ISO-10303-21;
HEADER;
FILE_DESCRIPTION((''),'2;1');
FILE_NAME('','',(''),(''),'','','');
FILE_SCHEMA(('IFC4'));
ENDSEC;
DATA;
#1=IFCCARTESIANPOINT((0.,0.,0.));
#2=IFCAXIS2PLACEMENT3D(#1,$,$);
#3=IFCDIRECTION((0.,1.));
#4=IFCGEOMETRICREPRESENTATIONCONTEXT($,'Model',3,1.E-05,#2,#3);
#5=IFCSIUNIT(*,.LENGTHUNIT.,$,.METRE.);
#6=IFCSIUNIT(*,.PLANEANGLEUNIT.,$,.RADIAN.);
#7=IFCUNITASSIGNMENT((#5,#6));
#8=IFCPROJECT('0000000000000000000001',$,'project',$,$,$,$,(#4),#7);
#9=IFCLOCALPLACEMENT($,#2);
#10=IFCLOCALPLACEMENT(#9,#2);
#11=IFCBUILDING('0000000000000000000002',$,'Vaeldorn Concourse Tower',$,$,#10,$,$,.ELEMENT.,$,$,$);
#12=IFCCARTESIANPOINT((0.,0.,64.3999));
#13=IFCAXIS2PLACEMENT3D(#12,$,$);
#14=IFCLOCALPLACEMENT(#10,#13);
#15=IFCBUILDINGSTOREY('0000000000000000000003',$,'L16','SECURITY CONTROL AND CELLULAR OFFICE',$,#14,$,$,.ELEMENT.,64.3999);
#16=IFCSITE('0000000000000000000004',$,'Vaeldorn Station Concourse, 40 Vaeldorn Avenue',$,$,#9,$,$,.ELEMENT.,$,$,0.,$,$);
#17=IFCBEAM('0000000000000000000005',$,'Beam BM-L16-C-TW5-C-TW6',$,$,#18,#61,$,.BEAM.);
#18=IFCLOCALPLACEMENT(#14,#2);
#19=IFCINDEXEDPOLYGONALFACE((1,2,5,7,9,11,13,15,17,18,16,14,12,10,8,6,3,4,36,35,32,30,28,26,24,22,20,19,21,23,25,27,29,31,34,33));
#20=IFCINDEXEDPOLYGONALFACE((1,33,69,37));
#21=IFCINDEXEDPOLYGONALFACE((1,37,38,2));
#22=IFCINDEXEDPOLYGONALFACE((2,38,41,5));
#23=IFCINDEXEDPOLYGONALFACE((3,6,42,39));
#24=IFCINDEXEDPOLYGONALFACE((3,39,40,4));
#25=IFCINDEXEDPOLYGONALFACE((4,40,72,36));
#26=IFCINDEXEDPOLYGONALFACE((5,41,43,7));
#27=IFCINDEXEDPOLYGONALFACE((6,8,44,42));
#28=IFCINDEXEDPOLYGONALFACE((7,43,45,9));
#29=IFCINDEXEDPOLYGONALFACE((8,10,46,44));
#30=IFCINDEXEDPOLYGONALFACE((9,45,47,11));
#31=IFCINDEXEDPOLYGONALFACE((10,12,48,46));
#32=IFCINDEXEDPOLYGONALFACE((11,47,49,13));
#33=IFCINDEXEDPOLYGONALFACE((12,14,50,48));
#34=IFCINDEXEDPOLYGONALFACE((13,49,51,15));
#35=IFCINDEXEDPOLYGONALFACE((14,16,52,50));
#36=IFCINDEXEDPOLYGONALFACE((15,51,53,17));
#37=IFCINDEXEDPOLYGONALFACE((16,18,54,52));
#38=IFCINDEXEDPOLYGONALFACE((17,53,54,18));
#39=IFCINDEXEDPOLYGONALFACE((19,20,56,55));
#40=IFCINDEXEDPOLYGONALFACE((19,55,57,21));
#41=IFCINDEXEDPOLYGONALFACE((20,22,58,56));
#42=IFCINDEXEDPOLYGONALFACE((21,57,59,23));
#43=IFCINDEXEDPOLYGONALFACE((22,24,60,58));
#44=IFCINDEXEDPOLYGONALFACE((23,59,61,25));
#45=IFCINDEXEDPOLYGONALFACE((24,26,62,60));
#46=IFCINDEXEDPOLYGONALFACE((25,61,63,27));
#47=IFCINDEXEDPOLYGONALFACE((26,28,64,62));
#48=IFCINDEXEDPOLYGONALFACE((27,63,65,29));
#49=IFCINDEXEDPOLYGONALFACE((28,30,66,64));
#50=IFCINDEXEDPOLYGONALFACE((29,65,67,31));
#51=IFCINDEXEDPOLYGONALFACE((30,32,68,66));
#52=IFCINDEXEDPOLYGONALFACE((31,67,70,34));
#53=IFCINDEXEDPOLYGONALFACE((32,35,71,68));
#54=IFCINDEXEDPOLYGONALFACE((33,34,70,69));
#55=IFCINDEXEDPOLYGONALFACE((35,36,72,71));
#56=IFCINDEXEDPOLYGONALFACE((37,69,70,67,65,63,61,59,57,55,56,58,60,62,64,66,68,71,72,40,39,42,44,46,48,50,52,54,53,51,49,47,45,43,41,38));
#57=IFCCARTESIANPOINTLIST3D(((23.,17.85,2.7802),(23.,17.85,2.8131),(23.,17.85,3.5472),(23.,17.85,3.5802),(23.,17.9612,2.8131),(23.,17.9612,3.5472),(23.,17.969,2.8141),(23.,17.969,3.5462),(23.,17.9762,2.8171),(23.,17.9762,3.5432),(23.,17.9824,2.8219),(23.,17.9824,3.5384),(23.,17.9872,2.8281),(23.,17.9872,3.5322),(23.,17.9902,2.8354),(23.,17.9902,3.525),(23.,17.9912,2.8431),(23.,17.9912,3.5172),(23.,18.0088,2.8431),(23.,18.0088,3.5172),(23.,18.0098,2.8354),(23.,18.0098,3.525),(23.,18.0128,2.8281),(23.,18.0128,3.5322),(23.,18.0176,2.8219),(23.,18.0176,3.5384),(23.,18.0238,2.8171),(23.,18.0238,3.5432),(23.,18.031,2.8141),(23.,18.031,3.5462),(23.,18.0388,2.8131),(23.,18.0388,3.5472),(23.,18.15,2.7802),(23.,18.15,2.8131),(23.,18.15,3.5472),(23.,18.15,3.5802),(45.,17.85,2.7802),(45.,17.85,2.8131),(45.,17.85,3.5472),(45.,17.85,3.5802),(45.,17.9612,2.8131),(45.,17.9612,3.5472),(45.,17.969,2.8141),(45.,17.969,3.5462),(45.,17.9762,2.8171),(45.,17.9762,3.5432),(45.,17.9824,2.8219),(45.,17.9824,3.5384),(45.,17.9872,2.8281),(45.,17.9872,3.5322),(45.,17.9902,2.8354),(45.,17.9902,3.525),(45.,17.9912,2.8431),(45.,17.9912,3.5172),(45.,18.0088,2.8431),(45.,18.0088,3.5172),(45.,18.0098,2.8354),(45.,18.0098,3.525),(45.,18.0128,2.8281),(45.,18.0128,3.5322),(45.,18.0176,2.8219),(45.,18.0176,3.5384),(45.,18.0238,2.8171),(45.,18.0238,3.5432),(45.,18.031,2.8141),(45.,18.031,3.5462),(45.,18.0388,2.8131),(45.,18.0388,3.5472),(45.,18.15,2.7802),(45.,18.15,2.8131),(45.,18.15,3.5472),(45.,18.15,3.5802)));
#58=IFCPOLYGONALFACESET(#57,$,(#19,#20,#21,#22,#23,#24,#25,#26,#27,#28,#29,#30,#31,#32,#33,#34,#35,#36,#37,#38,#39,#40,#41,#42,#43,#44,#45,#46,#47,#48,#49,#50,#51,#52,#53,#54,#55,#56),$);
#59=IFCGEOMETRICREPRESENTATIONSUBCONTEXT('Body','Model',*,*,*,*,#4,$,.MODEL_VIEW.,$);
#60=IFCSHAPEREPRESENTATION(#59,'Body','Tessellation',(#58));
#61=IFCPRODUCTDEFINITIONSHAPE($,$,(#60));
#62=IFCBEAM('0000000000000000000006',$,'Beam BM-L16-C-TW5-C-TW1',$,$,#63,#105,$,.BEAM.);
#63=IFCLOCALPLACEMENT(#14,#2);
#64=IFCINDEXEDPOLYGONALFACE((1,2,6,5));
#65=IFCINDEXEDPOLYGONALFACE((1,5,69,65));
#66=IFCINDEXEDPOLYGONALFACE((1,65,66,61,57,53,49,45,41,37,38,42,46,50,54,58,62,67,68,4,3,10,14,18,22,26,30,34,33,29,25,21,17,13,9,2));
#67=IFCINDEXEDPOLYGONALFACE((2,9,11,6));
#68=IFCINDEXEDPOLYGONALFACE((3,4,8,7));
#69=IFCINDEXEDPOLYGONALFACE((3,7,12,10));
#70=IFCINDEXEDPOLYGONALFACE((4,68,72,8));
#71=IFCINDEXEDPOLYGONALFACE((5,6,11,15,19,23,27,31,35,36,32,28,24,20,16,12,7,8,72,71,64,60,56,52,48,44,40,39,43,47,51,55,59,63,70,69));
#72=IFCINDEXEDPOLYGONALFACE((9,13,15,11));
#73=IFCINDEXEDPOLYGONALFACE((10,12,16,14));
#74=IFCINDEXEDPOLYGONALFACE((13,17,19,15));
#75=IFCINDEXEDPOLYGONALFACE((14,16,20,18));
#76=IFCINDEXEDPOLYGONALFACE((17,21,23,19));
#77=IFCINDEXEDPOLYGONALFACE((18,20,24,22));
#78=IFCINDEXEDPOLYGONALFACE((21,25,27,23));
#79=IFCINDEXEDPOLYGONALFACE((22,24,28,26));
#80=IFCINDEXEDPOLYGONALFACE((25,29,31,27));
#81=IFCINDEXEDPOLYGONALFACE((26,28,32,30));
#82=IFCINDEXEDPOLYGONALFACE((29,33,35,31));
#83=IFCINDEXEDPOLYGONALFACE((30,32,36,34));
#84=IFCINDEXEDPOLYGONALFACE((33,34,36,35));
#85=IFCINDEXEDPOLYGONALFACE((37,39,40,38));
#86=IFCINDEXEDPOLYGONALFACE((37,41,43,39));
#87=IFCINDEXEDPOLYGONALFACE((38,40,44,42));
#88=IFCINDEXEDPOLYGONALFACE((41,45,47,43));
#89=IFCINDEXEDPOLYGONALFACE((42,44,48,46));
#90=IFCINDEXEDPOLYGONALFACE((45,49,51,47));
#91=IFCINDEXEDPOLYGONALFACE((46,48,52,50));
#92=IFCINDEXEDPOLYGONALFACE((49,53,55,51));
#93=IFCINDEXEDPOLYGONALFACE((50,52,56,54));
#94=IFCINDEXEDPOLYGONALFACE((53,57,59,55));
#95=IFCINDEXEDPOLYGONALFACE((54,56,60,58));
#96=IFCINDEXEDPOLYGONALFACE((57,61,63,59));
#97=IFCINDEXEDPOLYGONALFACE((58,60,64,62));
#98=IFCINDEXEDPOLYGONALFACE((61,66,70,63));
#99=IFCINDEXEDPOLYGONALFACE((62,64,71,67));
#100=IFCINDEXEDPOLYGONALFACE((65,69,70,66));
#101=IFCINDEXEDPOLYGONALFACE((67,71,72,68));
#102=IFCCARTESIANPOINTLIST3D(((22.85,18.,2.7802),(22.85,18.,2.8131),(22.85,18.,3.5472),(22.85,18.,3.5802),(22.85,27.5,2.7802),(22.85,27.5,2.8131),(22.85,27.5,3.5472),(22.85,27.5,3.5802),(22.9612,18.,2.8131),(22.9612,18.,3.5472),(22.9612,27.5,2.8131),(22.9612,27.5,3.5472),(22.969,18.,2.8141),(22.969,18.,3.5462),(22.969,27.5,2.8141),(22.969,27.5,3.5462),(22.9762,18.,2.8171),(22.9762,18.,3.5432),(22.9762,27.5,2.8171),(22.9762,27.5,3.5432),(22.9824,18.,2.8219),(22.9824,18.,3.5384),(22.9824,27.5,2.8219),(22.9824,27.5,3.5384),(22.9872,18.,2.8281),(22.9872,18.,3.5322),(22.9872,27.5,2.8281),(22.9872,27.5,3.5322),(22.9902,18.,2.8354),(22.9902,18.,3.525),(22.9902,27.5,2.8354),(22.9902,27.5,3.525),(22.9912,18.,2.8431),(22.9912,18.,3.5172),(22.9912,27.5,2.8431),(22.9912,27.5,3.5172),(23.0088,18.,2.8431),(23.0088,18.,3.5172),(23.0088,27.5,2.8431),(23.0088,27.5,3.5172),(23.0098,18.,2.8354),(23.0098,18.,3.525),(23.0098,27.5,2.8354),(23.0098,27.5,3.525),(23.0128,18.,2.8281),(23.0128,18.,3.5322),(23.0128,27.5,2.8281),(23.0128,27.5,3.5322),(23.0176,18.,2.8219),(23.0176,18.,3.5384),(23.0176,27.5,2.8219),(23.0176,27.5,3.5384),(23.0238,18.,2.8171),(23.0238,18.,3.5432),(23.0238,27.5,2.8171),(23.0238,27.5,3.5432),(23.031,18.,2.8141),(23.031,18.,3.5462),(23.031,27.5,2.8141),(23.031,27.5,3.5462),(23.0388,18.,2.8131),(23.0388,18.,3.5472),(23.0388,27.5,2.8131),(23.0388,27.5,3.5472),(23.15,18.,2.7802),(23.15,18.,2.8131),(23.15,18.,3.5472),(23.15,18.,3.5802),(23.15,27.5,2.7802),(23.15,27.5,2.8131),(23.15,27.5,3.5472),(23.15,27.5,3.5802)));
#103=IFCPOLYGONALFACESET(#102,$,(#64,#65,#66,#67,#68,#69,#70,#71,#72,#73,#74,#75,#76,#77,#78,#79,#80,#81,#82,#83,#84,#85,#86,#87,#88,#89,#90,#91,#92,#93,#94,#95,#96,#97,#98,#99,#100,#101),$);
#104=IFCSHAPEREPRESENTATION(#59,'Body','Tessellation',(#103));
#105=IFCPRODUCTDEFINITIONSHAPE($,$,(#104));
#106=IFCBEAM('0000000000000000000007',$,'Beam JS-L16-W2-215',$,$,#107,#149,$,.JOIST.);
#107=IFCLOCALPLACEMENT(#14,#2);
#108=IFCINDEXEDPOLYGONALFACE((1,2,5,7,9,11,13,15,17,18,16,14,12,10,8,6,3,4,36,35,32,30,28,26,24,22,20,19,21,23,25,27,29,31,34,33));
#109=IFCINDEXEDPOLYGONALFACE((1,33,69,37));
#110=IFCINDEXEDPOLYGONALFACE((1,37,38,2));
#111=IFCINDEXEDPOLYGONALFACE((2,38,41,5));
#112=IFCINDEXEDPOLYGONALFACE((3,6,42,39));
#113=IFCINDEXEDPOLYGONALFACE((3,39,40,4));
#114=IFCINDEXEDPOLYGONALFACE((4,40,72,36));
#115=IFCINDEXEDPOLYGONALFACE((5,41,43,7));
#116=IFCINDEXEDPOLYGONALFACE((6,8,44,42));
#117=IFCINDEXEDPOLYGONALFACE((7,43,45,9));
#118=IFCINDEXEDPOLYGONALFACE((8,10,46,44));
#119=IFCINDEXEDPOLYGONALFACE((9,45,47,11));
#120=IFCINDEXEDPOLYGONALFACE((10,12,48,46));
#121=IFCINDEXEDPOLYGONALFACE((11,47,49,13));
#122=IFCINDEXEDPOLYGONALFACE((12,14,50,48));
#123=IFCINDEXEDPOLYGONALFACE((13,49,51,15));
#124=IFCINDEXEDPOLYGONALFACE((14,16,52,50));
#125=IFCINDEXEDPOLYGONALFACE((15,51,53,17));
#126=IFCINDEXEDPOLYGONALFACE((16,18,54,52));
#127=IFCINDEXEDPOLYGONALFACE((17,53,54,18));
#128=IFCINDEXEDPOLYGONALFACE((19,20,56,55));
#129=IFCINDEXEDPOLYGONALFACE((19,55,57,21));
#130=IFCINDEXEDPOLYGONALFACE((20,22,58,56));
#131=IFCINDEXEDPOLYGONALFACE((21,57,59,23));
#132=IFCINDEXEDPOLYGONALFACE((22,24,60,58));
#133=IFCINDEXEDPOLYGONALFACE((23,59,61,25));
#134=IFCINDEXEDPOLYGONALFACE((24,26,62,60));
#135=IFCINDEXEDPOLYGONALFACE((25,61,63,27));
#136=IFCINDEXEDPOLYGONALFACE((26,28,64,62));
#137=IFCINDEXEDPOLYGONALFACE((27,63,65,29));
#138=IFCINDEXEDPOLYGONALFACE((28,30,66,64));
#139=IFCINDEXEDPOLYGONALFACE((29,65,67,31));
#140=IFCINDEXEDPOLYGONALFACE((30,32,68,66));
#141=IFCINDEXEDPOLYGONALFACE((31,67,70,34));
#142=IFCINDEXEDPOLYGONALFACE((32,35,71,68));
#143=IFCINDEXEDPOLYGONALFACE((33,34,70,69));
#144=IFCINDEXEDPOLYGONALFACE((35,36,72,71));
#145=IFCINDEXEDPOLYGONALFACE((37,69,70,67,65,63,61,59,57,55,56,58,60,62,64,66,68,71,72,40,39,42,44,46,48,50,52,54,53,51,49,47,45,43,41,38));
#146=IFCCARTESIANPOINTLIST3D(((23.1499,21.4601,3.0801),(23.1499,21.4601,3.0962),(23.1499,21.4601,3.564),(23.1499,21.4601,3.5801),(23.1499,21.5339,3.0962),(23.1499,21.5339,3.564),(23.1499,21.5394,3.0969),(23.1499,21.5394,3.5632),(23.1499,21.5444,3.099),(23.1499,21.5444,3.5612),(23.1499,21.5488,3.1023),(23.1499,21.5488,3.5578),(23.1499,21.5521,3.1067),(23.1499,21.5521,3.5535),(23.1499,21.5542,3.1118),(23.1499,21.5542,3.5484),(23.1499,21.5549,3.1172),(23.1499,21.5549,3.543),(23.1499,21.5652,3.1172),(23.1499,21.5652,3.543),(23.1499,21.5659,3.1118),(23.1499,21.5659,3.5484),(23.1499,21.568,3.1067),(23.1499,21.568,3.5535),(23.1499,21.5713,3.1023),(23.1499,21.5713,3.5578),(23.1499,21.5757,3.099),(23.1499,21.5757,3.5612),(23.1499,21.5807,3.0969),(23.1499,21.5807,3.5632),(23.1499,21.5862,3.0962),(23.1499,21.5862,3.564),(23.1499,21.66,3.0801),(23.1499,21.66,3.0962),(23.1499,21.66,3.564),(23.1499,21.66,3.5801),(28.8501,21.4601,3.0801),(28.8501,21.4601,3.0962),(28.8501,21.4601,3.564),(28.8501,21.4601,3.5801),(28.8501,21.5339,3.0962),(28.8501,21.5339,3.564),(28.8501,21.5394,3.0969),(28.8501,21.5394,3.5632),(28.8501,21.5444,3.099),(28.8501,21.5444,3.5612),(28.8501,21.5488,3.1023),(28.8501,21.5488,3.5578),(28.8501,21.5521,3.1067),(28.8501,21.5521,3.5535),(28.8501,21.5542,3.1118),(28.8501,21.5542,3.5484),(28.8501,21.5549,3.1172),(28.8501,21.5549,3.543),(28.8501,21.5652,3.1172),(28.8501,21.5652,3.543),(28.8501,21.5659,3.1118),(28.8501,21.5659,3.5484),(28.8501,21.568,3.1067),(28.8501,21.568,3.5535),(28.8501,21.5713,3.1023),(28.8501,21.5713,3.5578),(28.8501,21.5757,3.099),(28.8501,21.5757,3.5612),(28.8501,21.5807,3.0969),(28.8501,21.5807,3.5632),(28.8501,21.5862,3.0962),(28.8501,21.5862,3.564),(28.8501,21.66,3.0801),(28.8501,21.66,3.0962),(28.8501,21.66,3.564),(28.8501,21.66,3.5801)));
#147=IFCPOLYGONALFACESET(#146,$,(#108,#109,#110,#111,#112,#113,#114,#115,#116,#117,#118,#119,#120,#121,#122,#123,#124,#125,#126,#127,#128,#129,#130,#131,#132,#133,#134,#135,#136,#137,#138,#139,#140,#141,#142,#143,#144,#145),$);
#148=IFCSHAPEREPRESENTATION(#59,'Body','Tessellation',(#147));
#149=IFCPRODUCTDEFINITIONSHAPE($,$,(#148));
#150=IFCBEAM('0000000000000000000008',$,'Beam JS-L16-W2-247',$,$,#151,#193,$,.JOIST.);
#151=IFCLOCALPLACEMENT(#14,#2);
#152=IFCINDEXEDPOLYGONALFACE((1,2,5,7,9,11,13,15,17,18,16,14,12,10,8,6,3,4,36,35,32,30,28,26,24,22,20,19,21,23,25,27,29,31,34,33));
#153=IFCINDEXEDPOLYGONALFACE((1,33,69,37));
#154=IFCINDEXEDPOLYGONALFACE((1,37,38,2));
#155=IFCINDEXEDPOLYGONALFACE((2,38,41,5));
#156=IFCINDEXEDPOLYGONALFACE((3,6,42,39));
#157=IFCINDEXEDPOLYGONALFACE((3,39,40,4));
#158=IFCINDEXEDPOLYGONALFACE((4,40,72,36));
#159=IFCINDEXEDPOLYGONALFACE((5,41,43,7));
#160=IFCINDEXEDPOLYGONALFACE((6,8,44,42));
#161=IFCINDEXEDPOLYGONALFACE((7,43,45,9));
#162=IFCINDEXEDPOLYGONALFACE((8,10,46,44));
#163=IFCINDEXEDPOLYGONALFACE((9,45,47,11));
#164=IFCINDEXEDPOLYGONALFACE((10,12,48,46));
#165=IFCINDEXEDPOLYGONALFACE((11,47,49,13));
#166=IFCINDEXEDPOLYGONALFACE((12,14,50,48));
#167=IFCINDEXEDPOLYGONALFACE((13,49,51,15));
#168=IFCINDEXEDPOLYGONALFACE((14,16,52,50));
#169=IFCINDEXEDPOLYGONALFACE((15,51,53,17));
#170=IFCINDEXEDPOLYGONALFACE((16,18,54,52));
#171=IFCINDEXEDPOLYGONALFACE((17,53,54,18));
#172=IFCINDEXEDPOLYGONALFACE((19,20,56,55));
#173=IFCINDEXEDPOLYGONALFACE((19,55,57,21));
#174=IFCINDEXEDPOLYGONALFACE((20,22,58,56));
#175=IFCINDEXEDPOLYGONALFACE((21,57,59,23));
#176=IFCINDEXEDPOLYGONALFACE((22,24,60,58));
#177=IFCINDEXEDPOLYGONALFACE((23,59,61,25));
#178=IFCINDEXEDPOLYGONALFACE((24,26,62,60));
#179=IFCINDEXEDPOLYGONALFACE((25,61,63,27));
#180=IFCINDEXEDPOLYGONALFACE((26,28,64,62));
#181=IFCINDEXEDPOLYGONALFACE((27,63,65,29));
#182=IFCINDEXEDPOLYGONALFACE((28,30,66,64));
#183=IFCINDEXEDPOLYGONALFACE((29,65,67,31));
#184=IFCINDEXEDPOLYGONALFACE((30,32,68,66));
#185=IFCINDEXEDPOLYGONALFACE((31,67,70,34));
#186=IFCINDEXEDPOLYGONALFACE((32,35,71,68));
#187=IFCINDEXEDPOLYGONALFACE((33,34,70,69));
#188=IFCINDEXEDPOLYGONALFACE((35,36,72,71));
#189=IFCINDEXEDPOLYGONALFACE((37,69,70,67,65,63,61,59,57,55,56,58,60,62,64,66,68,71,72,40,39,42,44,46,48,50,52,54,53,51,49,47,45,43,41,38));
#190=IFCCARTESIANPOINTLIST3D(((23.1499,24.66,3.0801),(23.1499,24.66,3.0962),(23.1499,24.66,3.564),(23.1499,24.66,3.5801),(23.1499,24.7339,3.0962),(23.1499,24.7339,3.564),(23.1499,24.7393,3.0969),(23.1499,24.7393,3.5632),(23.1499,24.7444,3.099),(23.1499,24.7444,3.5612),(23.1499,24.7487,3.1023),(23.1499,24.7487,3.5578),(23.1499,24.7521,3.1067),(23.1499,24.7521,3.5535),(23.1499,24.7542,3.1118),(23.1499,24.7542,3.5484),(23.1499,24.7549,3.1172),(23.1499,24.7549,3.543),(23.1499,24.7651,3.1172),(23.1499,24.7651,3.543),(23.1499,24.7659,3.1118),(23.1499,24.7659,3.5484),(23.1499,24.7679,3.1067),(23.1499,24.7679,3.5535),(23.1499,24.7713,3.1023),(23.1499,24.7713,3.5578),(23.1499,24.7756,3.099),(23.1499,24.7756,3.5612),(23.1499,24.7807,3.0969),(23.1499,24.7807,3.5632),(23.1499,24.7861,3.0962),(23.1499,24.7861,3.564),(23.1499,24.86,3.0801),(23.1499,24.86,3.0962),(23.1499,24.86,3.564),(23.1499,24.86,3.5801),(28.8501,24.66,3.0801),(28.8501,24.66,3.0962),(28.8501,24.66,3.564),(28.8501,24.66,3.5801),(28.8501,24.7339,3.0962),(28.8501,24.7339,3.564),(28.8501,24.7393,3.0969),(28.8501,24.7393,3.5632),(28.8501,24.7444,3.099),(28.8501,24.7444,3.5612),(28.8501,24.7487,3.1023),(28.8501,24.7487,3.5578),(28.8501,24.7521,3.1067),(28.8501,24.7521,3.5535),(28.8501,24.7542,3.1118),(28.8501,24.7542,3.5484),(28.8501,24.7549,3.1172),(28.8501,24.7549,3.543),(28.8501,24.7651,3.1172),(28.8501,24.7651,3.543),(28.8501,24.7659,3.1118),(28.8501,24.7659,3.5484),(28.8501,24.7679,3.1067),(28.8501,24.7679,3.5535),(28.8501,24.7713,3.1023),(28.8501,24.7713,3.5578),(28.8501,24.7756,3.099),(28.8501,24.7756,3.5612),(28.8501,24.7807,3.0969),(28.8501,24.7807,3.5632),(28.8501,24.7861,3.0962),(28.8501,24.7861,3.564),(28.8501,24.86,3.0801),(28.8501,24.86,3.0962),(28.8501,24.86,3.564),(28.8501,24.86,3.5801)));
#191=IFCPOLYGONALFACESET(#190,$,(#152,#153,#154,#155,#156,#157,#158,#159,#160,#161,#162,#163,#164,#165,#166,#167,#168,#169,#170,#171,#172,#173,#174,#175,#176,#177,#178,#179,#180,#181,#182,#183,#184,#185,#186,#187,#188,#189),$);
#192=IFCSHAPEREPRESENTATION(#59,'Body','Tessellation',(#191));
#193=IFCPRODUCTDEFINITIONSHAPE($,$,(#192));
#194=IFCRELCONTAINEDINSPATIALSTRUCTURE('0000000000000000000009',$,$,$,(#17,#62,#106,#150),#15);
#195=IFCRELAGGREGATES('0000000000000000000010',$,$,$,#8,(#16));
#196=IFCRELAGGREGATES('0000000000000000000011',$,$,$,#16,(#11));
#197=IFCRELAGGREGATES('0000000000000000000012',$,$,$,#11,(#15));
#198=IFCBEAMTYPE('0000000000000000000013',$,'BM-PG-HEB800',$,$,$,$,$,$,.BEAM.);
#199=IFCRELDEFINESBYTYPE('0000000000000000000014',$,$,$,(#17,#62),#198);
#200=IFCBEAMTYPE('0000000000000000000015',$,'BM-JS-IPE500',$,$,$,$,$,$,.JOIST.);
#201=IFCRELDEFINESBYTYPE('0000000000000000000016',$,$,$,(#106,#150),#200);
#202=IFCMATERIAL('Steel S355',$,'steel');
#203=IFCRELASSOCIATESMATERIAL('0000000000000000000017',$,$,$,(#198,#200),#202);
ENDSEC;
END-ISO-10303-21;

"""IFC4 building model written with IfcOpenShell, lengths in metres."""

from ifc_helpers import new_model, si_unit, direction, frame, origin, origin_2d, place, context, subcontext, project, spatial, i_section, extrude, source, transform, mapped, material, material_profile, profile_set, type_object, element, save


model = new_model("IFC4")

# Units and contexts
model_context = context("Model", 3, precision=1e-05, world=origin(), true_north=direction((0.0, 1.0)))
body_context = subcontext(model_context, "Body", "Model", "MODEL_VIEW")
ifc_project = project(units=[si_unit("LENGTHUNIT", "METRE"), si_unit("PLANEANGLEUNIT", "RADIAN")], contexts=[model_context])

# Site, building, storey
site_placement = place(None, origin())
site = spatial("IfcSite", under=ifc_project, at=site_placement, Name="Vaeldorn Station Concourse, 40 Vaeldorn Avenue", CompositionType="ELEMENT", RefElevation=0.0)
building_placement = place(site_placement, origin())
building = spatial("IfcBuilding", under=site, at=building_placement, Name="Vaeldorn Concourse Tower", CompositionType="ELEMENT")
storey_placement = place(building_placement, frame((0.0, 0.0, 64.3999)))
storey = spatial("IfcBuildingStorey", under=building, at=storey_placement, Name="L16", Description="SECURITY CONTROL AND CELLULAR OFFICE", CompositionType="ELEMENT", Elevation=64.3999)

# Beams
ifc_material_1 = material(Name="Steel S355", Category="steel")
ifc_material_profile_1 = material_profile(ifc_material_1, i_section(OverallWidth=0.3, OverallDepth=0.8, WebThickness=0.0176, FlangeThickness=0.033, FilletRadius=0.03, at=origin_2d()), Name="HEB 800")
ifc_profile_set_1 = profile_set([ifc_material_profile_1], Name="Steel S355")
beam_type_1 = type_object("IfcBeamType", Name="BM-PG-HEB800", PredefinedType="BEAM", material=ifc_profile_set_1)
shared_shape_1 = source(origin(), body_context, "Body", "SweptSolid", [
    extrude(i_section(OverallWidth=0.3, OverallDepth=0.8, WebThickness=0.0176, FlangeThickness=0.033, FilletRadius=0.03, at=origin_2d()), origin(), (0.0, 0.0, 1.0), 22.0),
])
beam_1_placement = place(storey_placement, frame((23.0, 18.0, 3.1802), z_axis=(1.0, 0.0, 0.0), x_axis=(0.0, 1.0, 0.0)))
element("IfcBeam", 1, at=beam_1_placement, inside=storey, type_object=beam_type_1, Name="Beam BM-L16-C-TW5-C-TW6", PredefinedType="BEAM", context=body_context, shape_type="MappedRepresentation", body=[
    mapped(shared_shape_1, transform((0.0, 0.0, 0.0), scale=1.0)),
])
shared_shape_2 = source(origin(), body_context, "Body", "SweptSolid", [
    extrude(i_section(OverallWidth=0.3, OverallDepth=0.8, WebThickness=0.0176, FlangeThickness=0.033, FilletRadius=0.03, at=origin_2d()), origin(), (0.0, 0.0, 1.0), 9.5),
])
beam_2_placement = place(storey_placement, frame((23.0, 18.0, 3.1802), z_axis=(0.0, 1.0, 0.0), x_axis=(-1.0, 0.0, 0.0)))
element("IfcBeam", 2, at=beam_2_placement, inside=storey, type_object=beam_type_1, Name="Beam BM-L16-C-TW5-C-TW1", PredefinedType="BEAM", context=body_context, shape_type="MappedRepresentation", body=[
    mapped(shared_shape_2, transform((0.0, 0.0, 0.0), scale=1.0)),
])
ifc_material_profile_2 = material_profile(ifc_material_1, i_section(OverallWidth=0.2, OverallDepth=0.5, WebThickness=0.0103, FlangeThickness=0.0161, FilletRadius=0.021, at=origin_2d()), Name="IPE 500")
ifc_profile_set_2 = profile_set([ifc_material_profile_2], Name="Steel S355")
beam_type_2 = type_object("IfcBeamType", Name="BM-JS-IPE500", PredefinedType="JOIST", material=ifc_profile_set_2)
shared_shape_3 = source(origin(), body_context, "Body", "SweptSolid", [
    extrude(i_section(OverallWidth=0.2, OverallDepth=0.5, WebThickness=0.0103, FlangeThickness=0.0161, FilletRadius=0.021, at=origin_2d()), origin(), (0.0, 0.0, 1.0), 5.7002),
])
for number, where, z_axis, x_axis, name in (
    (3, (23.1499, 21.5601, 3.3301), (1.0, 0.0, 0.0), (0.0, 1.0, 0.0), "Beam JS-L16-W2-215"),
    (4, (23.1499, 24.76, 3.3301), (1.0, 0.0, 0.0), (0.0, 1.0, 0.0), "Beam JS-L16-W2-247"),
):
    element("IfcBeam", number, at=place(storey_placement, frame(where, z_axis=z_axis, x_axis=x_axis)), inside=storey, type_object=beam_type_2, Name=name, PredefinedType="JOIST", context=body_context, shape_type="MappedRepresentation", body=[
        mapped(shared_shape_3, transform((0.0, 0.0, 0.0), scale=1.0)),
    ])

save(model, "model.ifc")
